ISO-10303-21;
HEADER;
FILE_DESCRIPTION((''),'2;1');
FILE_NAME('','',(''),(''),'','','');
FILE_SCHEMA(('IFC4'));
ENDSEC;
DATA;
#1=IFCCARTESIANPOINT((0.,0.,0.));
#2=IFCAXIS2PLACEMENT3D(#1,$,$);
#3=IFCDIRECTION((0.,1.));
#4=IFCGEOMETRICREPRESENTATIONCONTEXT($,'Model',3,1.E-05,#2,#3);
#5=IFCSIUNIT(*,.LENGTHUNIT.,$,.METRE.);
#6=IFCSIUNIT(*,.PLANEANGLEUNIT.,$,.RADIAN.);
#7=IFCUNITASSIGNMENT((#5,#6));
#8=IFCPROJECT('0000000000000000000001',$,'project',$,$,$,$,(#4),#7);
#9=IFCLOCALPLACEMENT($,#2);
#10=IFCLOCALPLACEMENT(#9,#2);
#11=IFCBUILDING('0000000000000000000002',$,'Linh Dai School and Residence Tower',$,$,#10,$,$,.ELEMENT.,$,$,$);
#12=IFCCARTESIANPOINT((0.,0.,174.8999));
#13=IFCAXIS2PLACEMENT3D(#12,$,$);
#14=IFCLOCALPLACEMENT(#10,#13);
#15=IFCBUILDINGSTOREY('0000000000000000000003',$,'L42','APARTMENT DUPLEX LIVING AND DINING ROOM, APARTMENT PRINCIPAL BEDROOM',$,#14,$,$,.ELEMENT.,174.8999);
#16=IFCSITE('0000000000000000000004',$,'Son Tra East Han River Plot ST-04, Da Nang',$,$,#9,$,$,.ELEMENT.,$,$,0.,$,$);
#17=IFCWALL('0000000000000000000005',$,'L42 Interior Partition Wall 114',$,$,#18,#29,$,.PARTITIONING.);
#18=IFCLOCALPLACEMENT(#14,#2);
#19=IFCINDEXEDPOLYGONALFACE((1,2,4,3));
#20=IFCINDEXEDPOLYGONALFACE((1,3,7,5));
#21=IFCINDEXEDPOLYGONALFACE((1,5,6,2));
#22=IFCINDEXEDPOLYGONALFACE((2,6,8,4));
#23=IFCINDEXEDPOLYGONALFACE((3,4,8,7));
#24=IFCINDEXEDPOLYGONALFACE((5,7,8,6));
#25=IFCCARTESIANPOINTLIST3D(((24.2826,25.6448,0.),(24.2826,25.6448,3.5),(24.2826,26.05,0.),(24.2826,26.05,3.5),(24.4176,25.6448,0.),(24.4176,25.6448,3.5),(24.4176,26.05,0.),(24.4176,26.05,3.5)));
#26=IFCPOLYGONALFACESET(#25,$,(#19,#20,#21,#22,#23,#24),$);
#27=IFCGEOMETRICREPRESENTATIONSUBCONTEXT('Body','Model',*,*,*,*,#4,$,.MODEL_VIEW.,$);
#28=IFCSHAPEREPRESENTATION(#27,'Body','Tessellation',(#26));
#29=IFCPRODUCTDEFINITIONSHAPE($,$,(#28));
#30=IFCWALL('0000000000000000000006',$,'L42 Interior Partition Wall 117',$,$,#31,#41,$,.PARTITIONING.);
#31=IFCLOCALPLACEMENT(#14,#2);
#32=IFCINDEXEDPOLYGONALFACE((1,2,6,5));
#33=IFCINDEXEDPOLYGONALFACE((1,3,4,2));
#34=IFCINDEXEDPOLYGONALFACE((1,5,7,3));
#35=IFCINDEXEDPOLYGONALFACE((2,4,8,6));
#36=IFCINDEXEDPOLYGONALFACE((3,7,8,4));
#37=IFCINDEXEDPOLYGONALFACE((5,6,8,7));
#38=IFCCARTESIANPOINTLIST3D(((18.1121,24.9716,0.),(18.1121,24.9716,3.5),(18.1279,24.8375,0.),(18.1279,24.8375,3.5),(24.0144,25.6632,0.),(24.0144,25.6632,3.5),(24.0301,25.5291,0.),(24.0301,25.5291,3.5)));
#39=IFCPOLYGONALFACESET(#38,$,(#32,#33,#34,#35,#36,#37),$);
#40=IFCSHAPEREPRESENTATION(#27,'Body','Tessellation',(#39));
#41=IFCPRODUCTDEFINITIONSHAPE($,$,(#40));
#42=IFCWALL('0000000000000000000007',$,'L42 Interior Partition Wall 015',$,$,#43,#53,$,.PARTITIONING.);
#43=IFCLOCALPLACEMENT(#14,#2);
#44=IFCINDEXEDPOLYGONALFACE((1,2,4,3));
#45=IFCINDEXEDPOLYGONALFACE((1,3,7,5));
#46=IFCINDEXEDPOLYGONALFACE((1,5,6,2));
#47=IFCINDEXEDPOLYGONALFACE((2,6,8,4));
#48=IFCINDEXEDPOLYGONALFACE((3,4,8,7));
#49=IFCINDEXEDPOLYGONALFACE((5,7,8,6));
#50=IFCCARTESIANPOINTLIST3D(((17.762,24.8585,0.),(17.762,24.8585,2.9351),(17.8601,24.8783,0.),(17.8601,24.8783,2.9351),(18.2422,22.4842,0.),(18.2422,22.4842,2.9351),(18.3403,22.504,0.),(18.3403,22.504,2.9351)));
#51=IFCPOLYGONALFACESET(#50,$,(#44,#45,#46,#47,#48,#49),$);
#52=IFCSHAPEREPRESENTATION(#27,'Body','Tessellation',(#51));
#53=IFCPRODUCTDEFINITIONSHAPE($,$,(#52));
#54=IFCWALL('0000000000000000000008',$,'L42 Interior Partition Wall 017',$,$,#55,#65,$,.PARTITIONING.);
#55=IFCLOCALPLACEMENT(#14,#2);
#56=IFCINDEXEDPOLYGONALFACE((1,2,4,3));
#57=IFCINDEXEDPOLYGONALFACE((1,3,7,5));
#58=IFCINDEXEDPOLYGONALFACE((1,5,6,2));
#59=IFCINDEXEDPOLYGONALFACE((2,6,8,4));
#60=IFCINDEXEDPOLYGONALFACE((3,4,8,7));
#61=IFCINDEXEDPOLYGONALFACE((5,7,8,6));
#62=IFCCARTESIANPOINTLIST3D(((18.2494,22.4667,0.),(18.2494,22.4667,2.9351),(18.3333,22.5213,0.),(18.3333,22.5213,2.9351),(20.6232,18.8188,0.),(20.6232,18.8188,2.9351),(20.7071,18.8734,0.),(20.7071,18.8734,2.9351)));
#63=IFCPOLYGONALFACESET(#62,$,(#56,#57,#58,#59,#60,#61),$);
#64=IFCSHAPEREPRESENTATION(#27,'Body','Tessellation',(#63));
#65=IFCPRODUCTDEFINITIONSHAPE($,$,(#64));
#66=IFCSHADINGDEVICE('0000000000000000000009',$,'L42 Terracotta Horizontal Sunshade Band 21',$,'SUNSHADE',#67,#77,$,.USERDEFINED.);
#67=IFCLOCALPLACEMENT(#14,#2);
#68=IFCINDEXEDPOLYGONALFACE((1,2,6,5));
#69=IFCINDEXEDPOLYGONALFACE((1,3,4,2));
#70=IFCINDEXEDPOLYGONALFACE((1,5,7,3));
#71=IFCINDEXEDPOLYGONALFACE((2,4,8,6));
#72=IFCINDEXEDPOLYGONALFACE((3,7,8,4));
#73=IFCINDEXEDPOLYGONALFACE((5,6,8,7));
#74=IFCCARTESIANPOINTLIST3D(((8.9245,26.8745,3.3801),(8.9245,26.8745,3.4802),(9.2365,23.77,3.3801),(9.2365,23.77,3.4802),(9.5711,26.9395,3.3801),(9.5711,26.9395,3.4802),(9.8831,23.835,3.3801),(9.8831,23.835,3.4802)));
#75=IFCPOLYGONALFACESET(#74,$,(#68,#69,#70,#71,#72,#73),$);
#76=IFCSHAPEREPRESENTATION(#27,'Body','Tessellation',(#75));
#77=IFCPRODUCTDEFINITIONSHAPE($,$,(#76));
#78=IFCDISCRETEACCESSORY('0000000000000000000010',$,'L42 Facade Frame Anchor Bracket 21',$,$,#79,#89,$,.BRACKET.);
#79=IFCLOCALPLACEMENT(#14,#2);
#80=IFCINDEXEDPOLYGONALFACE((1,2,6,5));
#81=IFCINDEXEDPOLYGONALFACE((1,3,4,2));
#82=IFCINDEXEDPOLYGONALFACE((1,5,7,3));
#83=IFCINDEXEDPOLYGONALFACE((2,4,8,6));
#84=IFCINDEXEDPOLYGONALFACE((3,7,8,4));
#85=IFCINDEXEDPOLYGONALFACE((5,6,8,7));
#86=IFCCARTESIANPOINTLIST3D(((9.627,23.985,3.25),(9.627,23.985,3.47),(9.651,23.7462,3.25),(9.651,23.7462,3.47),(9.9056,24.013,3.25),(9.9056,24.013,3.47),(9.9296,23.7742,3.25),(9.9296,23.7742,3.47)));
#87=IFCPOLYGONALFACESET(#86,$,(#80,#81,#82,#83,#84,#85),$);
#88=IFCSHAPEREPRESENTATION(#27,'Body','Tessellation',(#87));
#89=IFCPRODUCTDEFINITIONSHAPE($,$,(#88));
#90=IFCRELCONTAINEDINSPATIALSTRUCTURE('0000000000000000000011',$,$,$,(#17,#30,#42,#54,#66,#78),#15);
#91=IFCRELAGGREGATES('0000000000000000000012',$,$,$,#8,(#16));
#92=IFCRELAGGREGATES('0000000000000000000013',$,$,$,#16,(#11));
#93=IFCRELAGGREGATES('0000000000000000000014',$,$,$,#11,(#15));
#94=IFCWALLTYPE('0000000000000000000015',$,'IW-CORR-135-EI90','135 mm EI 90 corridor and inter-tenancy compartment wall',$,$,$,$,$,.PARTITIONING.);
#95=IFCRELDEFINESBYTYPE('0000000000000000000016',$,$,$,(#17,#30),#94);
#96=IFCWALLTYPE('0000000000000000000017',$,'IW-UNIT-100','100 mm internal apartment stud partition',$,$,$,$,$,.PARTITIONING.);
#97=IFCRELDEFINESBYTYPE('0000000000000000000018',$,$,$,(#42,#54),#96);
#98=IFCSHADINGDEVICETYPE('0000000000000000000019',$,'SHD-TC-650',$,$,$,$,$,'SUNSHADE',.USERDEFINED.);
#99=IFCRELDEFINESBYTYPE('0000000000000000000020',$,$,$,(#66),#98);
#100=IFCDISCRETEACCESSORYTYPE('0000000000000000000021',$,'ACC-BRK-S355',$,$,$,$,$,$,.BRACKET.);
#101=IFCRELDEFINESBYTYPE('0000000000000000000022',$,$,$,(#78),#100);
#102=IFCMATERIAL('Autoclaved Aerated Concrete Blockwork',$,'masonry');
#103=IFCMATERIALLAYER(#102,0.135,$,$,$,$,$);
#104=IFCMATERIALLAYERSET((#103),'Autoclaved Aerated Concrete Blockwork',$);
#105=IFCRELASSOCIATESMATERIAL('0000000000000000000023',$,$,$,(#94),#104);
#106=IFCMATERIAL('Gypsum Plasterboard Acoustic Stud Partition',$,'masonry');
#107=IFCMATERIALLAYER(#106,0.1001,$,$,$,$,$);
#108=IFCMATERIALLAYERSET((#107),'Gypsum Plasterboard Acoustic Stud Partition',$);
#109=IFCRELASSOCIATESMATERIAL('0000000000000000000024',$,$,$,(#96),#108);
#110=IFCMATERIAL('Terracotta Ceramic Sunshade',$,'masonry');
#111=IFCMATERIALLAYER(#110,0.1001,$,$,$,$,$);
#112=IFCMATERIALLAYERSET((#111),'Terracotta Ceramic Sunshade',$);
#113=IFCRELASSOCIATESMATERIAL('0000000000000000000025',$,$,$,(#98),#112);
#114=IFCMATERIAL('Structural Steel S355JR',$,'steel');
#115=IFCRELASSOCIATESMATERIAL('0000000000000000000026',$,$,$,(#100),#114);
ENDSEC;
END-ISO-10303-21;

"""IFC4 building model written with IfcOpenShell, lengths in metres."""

from ifc_helpers import new_model, si_unit, direction, frame, frame_2d, origin, origin_2d, place, context, subcontext, project, spatial, rectangle, extrude, source, transform, mapped, material, layer, layer_set, type_object, element, save


model = new_model("IFC4")

# Units and contexts
model_context = context("Model", 3, precision=1e-05, world=origin(), true_north=direction((0.0, 1.0)))
body_context = subcontext(model_context, "Body", "Model", "MODEL_VIEW")
ifc_project = project(units=[si_unit("LENGTHUNIT", "METRE"), si_unit("PLANEANGLEUNIT", "RADIAN")], contexts=[model_context])

# Site, building, storey
site_placement = place(None, origin())
site = spatial("IfcSite", under=ifc_project, at=site_placement, Name="Son Tra East Han River Plot ST-04, Da Nang", CompositionType="ELEMENT", RefElevation=0.0)
building_placement = place(site_placement, origin())
building = spatial("IfcBuilding", under=site, at=building_placement, Name="Linh Dai School and Residence Tower", CompositionType="ELEMENT")
storey_placement = place(building_placement, frame((0.0, 0.0, 174.8999)))
storey = spatial("IfcBuildingStorey", under=building, at=storey_placement, Name="L42", Description="APARTMENT DUPLEX LIVING AND DINING ROOM, APARTMENT PRINCIPAL BEDROOM", CompositionType="ELEMENT", Elevation=174.8999)

# Shared definitions
ifc_material_1 = material(Name="Structural Steel S355JR", Category="steel")

# Shared definitions
ifc_material_2 = material(Name="Autoclaved Aerated Concrete Blockwork", Category="masonry")
ifc_layer_1 = layer(ifc_material_2, 0.135)
ifc_layer_set_1 = layer_set([ifc_layer_1], Name="Autoclaved Aerated Concrete Blockwork")
wall_type_1 = type_object("IfcWallType", Name="IW-CORR-135-EI90", Description="135 mm EI 90 corridor and inter-tenancy compartment wall", PredefinedType="PARTITIONING", material=ifc_layer_set_1)

# Walls
wall_1_placement = place(storey_placement, frame((24.3501, 25.6448, 0.0), z_axis=(0.0, 0.0, 1.0), x_axis=(0.0, 1.0, 0.0)))
element("IfcWall", 1, at=wall_1_placement, inside=storey, type_object=wall_type_1, Name="L42 Interior Partition Wall 114", PredefinedType="PARTITIONING", context=body_context, shape_type="SweptSolid", body=[
    extrude(rectangle(XDim=0.4053, YDim=0.135, at=frame_2d((0.2026, 0.0))), origin(), (0.0, 0.0, 1.0), 3.5),
])
wall_2_placement = place(storey_placement, frame((18.1201, 24.9045, 0.0), z_axis=(0.0, 0.0, 1.0), x_axis=(0.993204, 0.116386, 0.0)))
element("IfcWall", 2, at=wall_2_placement, inside=storey, type_object=wall_type_1, Name="L42 Interior Partition Wall 117", PredefinedType="PARTITIONING", context=body_context, shape_type="SweptSolid", body=[
    extrude(rectangle(XDim=5.9426, YDim=0.135, at=frame_2d((2.9712, 0.0))), origin(), (0.0, 0.0, 1.0), 3.5),
])
ifc_material_3 = material(Name="Gypsum Plasterboard Acoustic Stud Partition", Category="masonry")
ifc_layer_2 = layer(ifc_material_3, 0.1001)
ifc_layer_set_2 = layer_set([ifc_layer_2], Name="Gypsum Plasterboard Acoustic Stud Partition")
wall_type_2 = type_object("IfcWallType", Name="IW-UNIT-100", Description="100 mm internal apartment stud partition", PredefinedType="PARTITIONING", material=ifc_layer_set_2)
wall_3_placement = place(storey_placement, frame((17.811, 24.8684, 0.0), z_axis=(0.0, 0.0, 1.0), x_axis=(0.198248, -0.980152, 0.0)))
element("IfcWall", 3, at=wall_3_placement, inside=storey, type_object=wall_type_2, Name="L42 Interior Partition Wall 015", PredefinedType="PARTITIONING", context=body_context, shape_type="SweptSolid", body=[
    extrude(rectangle(XDim=2.4224, YDim=0.1001, at=frame_2d((1.2112, 0.0))), origin(), (0.0, 0.0, 1.0), 2.9351),
])
wall_4_placement = place(storey_placement, frame((18.2913, 22.4941, 0.0), z_axis=(0.0, 0.0, 1.0), x_axis=(0.54541, -0.838169, 0.0)))
element("IfcWall", 4, at=wall_4_placement, inside=storey, type_object=wall_type_2, Name="L42 Interior Partition Wall 017", PredefinedType="PARTITIONING", context=body_context, shape_type="SweptSolid", body=[
    extrude(rectangle(XDim=4.3523, YDim=0.1001, at=frame_2d((2.1763, 0.0))), origin(), (0.0, 0.0, 1.0), 2.9351),
])

# Shading device
ifc_material_4 = material(Name="Terracotta Ceramic Sunshade", Category="masonry")
ifc_layer_3 = layer(ifc_material_4, 0.1001)
ifc_layer_set_3 = layer_set([ifc_layer_3], Name="Terracotta Ceramic Sunshade")
shading_device_type = type_object("IfcShadingDeviceType", Name="SHD-TC-650", ElementType="SUNSHADE", PredefinedType="USERDEFINED", material=ifc_layer_set_3)
shared_shape_1 = source(origin(), body_context, "Body", "SweptSolid", [
    extrude(rectangle(XDim=3.1201, YDim=0.6499, at=origin_2d()), origin(), (0.0, 0.0, 1.0), 0.1001),
])
shading_device_placement = place(storey_placement, frame((9.4038, 25.3547, 3.3801), z_axis=(0.0, 0.0, 1.0), x_axis=(-0.100002, 0.994987, 0.0)))
element("IfcShadingDevice", 5, at=shading_device_placement, inside=storey, type_object=shading_device_type, Name="L42 Terracotta Horizontal Sunshade Band 21", ObjectType="SUNSHADE", PredefinedType="USERDEFINED", context=body_context, shape_type="MappedRepresentation", body=[
    mapped(shared_shape_1, transform((0.0, 0.0, 0.0), x_axis=(1.0, 0.0, 0.0), y_axis=(0.0, 1.0, 0.0), z_axis=(0.0, 0.0, 1.0), scale=1.0)),
])

# Discrete accessory
discrete_accessory_type = type_object("IfcDiscreteAccessoryType", Name="ACC-BRK-S355", PredefinedType="BRACKET", material=ifc_material_1)
shared_shape_2 = source(origin(), body_context, "Body", "SweptSolid", [
    extrude(rectangle(XDim=0.28, YDim=0.24, at=origin_2d()), origin(), (0.0, 0.0, 1.0), 0.22),
])
discrete_accessory_placement = place(storey_placement, frame((9.7783, 23.8796, 3.25), z_axis=(0.0, 0.0, 1.0), x_axis=(-0.994987, -0.100002, 0.0)))
element("IfcDiscreteAccessory", 6, at=discrete_accessory_placement, inside=storey, type_object=discrete_accessory_type, Name="L42 Facade Frame Anchor Bracket 21", PredefinedType="BRACKET", context=body_context, shape_type="MappedRepresentation", body=[
    mapped(shared_shape_2, transform((0.0, 0.0, 0.0), x_axis=(1.0, 0.0, 0.0), y_axis=(0.0, 1.0, 0.0), z_axis=(0.0, 0.0, 1.0), scale=1.0)),
])

save(model, "model.ifc")
